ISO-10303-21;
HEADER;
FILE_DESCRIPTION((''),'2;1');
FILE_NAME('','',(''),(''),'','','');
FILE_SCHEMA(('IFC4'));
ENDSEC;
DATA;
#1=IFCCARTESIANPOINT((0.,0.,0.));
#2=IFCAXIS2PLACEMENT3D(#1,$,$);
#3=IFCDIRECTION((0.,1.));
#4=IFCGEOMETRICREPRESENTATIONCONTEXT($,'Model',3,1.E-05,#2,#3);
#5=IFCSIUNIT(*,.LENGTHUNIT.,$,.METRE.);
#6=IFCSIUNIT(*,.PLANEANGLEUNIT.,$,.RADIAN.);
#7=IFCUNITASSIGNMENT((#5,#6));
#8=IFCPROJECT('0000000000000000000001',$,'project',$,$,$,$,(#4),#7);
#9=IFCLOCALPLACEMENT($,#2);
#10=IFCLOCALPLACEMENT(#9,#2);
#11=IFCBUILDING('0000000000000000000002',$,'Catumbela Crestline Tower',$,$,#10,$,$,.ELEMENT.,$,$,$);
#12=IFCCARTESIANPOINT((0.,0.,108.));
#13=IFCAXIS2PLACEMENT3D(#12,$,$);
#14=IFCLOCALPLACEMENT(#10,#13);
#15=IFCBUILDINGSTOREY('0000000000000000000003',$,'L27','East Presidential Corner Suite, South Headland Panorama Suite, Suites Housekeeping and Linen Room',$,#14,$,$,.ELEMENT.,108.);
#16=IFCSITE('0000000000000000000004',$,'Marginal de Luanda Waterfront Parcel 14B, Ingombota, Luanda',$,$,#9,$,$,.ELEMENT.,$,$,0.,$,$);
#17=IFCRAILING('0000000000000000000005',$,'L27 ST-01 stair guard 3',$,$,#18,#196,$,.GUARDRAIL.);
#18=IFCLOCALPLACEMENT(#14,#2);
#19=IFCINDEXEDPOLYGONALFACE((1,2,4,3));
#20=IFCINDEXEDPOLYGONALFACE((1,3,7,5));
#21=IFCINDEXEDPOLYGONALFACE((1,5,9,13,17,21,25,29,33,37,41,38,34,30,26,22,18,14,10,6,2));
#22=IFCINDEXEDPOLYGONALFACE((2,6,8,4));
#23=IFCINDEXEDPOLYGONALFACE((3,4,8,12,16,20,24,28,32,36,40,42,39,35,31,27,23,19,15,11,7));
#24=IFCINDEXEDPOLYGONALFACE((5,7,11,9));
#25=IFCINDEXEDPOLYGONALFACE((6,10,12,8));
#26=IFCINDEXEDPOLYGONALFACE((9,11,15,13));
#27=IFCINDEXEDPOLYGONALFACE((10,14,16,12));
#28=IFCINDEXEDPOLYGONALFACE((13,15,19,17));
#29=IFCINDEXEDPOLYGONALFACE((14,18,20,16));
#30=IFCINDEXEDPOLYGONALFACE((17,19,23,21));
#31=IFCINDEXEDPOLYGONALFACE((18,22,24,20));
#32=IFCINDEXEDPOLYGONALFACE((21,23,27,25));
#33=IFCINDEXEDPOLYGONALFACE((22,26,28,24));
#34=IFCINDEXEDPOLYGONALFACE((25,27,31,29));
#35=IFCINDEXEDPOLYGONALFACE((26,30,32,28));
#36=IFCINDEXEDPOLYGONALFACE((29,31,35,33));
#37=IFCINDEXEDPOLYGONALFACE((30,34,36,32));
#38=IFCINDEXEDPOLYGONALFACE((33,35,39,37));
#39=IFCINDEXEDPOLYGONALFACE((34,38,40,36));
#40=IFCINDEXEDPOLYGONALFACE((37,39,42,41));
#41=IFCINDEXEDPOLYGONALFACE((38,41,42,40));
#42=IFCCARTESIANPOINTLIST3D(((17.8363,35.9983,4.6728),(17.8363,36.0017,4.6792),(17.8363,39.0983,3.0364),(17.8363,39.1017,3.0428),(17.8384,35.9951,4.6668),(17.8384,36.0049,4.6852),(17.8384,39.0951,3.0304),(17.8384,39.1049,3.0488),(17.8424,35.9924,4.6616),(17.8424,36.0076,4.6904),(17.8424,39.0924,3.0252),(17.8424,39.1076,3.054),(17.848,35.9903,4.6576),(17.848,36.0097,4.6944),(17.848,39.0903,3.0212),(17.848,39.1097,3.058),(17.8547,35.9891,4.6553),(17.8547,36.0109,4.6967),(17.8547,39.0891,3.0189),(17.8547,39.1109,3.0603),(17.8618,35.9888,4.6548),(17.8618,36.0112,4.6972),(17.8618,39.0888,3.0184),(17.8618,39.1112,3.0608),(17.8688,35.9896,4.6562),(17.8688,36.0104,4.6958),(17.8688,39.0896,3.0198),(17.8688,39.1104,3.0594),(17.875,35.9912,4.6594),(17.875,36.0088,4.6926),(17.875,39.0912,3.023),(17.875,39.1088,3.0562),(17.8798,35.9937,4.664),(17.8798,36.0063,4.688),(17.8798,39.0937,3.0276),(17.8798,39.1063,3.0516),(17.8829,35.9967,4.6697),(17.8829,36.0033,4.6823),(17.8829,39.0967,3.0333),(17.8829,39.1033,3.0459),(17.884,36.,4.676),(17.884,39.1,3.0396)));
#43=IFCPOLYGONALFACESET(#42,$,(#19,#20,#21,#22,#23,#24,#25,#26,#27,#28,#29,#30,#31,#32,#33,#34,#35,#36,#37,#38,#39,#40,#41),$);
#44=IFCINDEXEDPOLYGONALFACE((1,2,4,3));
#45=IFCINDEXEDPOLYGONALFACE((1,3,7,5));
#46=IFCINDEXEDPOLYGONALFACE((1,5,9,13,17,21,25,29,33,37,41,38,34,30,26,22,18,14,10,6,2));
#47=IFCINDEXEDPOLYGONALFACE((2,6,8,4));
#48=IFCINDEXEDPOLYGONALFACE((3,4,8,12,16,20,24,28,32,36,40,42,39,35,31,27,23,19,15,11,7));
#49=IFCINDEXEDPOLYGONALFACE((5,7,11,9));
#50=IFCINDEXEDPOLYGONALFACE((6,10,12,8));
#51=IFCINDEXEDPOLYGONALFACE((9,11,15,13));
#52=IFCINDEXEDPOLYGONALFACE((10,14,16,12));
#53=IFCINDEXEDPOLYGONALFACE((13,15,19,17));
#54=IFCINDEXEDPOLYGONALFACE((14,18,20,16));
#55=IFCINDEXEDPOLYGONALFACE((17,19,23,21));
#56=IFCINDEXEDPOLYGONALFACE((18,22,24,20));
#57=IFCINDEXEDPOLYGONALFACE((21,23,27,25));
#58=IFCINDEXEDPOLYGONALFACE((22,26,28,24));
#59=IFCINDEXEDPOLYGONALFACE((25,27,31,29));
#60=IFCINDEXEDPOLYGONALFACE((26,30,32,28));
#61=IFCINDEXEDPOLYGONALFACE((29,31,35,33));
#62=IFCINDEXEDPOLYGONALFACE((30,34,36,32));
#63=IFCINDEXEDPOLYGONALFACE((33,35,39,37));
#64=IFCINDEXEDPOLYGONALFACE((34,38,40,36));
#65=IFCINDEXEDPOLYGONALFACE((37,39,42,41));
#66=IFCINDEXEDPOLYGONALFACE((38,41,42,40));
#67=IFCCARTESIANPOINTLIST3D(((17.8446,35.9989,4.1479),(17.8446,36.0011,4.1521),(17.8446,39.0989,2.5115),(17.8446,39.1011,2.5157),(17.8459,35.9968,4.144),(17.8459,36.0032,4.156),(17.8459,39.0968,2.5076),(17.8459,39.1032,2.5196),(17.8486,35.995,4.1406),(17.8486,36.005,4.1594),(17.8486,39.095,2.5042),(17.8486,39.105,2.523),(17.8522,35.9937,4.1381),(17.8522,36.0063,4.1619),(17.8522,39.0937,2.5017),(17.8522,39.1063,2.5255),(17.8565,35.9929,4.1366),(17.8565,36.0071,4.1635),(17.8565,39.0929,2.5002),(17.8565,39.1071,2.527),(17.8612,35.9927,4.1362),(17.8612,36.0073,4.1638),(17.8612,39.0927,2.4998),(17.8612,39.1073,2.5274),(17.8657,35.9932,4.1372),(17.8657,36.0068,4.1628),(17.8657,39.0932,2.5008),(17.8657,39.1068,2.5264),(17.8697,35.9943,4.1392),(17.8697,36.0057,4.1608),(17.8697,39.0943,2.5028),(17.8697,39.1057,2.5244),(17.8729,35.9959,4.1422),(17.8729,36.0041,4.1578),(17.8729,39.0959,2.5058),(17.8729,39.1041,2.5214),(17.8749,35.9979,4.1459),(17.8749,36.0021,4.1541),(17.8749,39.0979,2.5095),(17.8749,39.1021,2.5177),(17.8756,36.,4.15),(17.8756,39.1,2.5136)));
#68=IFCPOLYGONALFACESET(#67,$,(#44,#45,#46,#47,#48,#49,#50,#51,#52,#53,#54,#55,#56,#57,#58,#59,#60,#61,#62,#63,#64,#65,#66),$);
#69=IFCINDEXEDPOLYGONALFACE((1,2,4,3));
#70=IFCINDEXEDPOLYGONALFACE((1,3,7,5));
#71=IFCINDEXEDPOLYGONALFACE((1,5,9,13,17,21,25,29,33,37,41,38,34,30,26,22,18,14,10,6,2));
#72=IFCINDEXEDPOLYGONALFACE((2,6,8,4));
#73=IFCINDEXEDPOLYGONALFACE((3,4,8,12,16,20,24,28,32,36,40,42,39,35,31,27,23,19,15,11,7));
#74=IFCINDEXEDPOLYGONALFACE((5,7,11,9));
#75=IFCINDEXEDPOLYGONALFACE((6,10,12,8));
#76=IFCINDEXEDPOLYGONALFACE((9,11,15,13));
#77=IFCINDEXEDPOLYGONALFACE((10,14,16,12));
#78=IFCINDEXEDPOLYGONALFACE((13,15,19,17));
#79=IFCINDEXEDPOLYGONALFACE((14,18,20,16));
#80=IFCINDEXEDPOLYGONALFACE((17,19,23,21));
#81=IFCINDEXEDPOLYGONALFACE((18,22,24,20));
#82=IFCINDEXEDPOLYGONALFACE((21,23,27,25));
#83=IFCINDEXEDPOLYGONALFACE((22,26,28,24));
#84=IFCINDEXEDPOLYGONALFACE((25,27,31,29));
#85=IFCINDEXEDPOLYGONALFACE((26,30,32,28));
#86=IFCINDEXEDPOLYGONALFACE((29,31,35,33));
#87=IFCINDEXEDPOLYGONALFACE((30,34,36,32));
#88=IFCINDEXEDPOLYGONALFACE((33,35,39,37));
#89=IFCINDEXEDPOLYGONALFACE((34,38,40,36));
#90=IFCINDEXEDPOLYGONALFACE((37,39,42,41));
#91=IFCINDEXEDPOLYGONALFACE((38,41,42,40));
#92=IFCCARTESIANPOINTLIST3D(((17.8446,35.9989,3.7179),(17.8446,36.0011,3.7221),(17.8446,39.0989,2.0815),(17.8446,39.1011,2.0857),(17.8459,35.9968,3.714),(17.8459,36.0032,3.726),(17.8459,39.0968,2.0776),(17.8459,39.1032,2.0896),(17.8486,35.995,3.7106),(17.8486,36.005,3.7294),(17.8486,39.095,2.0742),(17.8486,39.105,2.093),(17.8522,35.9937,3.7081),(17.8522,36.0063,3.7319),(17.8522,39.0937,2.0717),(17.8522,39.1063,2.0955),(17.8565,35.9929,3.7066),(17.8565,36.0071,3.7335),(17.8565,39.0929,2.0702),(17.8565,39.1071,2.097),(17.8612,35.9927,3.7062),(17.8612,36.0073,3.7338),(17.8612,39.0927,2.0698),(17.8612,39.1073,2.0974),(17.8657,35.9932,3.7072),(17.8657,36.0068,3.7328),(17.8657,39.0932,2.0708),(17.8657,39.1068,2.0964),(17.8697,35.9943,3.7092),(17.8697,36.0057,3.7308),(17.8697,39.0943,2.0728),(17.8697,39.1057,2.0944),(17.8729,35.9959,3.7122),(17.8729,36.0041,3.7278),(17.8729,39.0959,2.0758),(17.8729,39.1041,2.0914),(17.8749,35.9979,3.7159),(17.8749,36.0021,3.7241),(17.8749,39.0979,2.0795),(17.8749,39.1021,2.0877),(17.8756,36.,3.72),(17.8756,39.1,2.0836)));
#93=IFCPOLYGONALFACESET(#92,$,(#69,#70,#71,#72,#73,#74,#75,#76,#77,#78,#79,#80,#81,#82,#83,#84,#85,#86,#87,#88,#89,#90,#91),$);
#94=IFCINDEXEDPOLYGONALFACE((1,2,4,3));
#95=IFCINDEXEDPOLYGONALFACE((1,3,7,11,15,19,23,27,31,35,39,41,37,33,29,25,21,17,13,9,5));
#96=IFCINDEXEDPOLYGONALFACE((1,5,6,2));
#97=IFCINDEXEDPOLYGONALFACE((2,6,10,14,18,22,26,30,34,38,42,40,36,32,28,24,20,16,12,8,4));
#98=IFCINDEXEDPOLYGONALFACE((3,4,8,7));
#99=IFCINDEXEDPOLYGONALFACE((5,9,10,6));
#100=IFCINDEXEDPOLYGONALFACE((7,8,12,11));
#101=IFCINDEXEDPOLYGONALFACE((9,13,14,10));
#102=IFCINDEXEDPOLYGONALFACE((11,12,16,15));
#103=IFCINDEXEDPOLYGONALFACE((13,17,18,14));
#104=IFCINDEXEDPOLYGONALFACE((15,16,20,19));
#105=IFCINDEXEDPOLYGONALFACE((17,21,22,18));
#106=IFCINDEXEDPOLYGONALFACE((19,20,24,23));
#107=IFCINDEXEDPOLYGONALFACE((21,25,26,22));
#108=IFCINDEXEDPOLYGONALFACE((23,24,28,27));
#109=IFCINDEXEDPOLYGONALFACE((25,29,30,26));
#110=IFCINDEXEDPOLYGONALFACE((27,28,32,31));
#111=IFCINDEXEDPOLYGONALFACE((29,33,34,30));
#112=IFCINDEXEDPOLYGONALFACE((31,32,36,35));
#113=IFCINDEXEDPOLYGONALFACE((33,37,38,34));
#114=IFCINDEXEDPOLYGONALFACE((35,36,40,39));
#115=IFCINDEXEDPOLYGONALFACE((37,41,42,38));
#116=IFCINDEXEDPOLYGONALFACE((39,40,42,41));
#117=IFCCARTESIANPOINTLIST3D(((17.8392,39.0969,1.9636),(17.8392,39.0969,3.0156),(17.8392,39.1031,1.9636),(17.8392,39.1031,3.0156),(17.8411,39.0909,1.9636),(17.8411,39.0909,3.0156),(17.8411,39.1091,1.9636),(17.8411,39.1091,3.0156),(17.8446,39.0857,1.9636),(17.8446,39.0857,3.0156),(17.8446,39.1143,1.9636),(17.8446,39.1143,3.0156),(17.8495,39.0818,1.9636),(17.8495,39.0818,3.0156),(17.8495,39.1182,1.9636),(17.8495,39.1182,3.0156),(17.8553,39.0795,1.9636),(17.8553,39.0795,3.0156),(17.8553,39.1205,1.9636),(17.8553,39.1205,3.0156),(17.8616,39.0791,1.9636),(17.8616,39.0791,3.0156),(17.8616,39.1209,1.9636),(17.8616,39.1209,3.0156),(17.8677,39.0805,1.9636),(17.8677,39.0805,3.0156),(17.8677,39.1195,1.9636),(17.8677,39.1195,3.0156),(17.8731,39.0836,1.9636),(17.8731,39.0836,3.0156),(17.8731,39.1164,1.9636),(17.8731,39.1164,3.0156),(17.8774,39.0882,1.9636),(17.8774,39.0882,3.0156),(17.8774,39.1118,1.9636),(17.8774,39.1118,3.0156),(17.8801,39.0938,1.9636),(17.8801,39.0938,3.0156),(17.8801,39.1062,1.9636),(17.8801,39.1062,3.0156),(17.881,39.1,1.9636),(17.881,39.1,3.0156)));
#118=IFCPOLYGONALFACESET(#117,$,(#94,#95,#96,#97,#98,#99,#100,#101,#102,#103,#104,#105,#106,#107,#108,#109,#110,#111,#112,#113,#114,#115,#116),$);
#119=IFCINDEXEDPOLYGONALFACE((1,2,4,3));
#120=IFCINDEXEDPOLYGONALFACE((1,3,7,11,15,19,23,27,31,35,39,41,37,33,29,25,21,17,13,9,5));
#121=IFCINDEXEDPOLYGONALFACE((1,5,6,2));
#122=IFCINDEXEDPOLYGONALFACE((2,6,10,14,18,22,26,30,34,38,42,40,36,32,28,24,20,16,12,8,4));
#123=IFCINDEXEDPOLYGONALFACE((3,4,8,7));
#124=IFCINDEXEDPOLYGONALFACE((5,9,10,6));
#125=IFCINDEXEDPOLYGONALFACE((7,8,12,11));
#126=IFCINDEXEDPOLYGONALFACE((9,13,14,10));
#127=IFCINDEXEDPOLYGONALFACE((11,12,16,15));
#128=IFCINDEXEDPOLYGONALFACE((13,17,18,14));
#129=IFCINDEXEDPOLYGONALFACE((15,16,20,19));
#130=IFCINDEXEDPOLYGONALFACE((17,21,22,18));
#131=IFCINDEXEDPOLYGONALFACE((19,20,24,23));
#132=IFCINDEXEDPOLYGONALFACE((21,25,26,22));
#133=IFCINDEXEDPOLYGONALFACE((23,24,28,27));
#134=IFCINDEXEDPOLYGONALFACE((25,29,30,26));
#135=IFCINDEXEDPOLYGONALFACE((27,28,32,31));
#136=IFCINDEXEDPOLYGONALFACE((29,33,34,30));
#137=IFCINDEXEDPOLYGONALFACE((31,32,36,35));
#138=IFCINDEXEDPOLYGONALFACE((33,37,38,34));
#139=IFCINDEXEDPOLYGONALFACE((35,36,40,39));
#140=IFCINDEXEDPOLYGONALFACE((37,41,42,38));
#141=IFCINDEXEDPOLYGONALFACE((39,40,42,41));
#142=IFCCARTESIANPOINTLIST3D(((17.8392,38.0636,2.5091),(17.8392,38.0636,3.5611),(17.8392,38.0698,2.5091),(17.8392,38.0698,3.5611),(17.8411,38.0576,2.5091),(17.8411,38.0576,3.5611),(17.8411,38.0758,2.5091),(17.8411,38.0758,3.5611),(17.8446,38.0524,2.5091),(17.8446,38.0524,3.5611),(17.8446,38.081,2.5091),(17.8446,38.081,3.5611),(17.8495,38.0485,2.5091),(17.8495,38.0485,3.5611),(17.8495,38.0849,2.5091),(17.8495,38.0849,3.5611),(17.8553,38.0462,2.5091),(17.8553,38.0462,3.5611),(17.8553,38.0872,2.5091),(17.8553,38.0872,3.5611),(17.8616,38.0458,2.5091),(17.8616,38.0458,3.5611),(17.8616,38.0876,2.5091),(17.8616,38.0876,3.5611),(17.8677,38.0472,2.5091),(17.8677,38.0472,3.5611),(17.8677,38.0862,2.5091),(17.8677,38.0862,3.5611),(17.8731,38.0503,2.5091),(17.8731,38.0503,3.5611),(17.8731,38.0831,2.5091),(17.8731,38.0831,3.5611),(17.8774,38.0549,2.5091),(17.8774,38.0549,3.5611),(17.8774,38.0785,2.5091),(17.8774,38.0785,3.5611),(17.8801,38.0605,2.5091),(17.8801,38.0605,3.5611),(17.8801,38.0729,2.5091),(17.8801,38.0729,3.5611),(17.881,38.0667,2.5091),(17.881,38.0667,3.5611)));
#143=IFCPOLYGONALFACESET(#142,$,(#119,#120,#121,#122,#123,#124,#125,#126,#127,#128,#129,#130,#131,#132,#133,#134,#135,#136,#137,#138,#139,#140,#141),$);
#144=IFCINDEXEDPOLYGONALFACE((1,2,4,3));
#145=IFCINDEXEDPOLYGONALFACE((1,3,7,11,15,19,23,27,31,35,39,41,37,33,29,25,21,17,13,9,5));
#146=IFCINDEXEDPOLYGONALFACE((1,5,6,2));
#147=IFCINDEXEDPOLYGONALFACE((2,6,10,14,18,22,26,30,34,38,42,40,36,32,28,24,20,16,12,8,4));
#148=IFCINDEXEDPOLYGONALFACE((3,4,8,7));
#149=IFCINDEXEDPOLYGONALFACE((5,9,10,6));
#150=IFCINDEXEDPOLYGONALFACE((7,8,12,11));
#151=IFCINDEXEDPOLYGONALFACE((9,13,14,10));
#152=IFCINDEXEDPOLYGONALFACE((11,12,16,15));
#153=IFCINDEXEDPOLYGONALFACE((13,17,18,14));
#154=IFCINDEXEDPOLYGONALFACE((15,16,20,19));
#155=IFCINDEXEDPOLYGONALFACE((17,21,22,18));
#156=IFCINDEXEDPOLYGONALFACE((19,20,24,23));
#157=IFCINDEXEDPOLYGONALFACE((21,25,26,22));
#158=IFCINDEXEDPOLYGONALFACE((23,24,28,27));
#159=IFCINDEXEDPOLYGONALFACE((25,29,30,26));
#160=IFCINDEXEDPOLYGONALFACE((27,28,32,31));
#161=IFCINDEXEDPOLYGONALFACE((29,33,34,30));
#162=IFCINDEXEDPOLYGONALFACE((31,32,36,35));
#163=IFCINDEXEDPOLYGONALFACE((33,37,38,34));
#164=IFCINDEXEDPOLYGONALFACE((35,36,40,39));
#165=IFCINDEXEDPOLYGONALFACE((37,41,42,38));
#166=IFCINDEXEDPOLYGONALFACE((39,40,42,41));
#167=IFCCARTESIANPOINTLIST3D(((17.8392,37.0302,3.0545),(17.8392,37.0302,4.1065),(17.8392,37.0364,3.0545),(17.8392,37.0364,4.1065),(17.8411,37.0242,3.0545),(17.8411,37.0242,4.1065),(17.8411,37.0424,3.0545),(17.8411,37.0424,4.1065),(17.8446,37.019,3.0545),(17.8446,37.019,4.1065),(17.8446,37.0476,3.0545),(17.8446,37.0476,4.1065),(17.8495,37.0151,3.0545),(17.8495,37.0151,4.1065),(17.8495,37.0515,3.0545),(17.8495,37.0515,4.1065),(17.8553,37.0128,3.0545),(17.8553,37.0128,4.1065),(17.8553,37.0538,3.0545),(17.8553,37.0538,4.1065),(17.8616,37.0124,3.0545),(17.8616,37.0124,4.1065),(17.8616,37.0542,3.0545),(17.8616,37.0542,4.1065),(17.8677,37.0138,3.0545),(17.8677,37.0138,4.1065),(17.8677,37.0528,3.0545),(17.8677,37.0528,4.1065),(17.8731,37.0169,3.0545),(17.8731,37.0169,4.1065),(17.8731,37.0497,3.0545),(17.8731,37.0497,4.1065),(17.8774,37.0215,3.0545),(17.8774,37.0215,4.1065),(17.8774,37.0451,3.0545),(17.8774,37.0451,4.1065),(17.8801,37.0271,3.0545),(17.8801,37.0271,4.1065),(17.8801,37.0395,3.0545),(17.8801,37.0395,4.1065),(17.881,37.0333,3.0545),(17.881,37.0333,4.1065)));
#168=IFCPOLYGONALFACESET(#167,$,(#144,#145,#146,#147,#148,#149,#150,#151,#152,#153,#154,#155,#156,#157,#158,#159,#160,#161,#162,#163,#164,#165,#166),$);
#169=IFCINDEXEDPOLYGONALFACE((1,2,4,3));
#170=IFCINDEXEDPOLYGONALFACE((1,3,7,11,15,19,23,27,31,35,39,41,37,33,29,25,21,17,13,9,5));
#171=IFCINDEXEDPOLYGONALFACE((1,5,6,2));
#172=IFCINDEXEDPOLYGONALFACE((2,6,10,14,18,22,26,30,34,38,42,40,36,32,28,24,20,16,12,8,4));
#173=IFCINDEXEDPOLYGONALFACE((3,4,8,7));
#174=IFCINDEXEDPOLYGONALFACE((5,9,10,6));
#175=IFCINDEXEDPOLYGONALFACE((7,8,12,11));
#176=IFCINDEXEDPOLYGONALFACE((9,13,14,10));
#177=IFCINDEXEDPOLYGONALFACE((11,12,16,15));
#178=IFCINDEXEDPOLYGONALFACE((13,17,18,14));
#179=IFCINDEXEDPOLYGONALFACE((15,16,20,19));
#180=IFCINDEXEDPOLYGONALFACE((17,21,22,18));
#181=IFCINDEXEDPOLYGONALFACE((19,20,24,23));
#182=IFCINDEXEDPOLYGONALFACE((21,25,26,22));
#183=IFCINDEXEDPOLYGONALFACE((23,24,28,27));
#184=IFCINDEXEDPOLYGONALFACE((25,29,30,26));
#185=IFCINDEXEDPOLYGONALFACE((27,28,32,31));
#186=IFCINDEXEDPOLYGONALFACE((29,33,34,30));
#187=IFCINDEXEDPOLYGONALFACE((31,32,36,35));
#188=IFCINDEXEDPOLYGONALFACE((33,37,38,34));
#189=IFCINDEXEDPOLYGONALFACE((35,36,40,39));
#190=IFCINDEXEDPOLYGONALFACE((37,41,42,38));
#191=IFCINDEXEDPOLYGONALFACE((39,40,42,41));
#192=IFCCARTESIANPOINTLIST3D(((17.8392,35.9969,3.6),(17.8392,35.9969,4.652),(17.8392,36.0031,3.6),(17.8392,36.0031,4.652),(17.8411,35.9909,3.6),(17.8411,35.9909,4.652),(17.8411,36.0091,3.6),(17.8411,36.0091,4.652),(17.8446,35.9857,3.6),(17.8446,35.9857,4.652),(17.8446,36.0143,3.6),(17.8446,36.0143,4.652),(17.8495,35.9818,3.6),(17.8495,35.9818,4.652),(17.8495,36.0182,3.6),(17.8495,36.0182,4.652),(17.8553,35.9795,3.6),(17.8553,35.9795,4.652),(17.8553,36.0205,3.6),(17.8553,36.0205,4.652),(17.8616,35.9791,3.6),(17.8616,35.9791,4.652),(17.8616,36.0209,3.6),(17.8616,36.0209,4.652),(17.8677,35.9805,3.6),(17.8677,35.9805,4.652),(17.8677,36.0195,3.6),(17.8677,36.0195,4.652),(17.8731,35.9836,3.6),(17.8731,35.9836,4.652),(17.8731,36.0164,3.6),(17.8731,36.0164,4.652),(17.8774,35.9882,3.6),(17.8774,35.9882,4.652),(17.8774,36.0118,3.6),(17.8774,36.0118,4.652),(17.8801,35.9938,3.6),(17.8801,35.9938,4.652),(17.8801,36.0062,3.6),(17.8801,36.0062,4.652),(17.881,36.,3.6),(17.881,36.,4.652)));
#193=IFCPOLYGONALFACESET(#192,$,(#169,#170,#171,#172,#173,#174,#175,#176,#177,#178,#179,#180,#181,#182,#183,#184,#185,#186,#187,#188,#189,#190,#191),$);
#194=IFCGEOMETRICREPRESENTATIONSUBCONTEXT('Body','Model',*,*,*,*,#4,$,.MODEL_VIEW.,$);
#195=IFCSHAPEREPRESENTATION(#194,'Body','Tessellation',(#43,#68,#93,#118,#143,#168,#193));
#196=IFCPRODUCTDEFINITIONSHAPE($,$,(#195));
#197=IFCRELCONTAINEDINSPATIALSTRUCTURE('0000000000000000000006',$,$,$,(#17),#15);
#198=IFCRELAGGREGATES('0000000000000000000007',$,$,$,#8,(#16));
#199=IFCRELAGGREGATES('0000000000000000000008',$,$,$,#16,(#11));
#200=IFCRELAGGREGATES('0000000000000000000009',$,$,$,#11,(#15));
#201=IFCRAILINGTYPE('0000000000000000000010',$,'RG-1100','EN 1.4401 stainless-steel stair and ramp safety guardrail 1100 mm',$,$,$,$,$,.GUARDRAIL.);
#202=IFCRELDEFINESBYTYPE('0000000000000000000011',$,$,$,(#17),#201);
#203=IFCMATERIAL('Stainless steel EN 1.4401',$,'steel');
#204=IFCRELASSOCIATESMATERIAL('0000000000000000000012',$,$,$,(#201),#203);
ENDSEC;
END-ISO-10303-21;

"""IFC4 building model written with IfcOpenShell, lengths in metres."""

from ifc_helpers import new_model, si_unit, direction, frame, origin, origin_2d, place, context, subcontext, project, spatial, circle, extrude, material, type_object, element, save


model = new_model("IFC4")

# Units and contexts
model_context = context("Model", 3, precision=1e-05, world=origin(), true_north=direction((0.0, 1.0)))
body_context = subcontext(model_context, "Body", "Model", "MODEL_VIEW")
ifc_project = project(units=[si_unit("LENGTHUNIT", "METRE"), si_unit("PLANEANGLEUNIT", "RADIAN")], contexts=[model_context])

# Site, building, storey
site_placement = place(None, origin())
site = spatial("IfcSite", under=ifc_project, at=site_placement, Name="Marginal de Luanda Waterfront Parcel 14B, Ingombota, Luanda", CompositionType="ELEMENT", RefElevation=0.0)
building_placement = place(site_placement, origin())
building = spatial("IfcBuilding", under=site, at=building_placement, Name="Catumbela Crestline Tower", CompositionType="ELEMENT")
storey_placement = place(building_placement, frame((0.0, 0.0, 108.0)))
storey = spatial("IfcBuildingStorey", under=building, at=storey_placement, Name="L27", Description="East Presidential Corner Suite, South Headland Panorama Suite, Suites Housekeeping and Linen Room", CompositionType="ELEMENT", Elevation=108.0)

# Railing
ifc_material_1 = material(Name="Stainless steel EN 1.4401", Category="steel")
railing_type_1 = type_object("IfcRailingType", Name="RG-1100", Description="EN 1.4401 stainless-steel stair and ramp safety guardrail 1100 mm", PredefinedType="GUARDRAIL", material=ifc_material_1)
railing_1_placement = place(storey_placement, frame((17.86, 39.1, 1.9636)))
element("IfcRailing", 1, at=railing_1_placement, inside=storey, type_object=railing_type_1, Name="L27 ST-01 stair guard 3", PredefinedType="GUARDRAIL", context=body_context, shape_type="SweptSolid", body=[
    extrude(circle(Radius=0.024, at=origin_2d()), frame((0.0, 0.0, 1.076), z_axis=(0.0, -0.884351, 0.466823), x_axis=(1.0, 0.0, 0.0)), (0.0, 0.0, 1.0), 3.5054),
    extrude(circle(Radius=0.0156, at=origin_2d()), frame((0.0, 0.0, 0.55), z_axis=(0.0, -0.884351, 0.466823), x_axis=(1.0, 0.0, 0.0)), (0.0, 0.0, 1.0), 3.5054),
    extrude(circle(Radius=0.0156, at=origin_2d()), frame((0.0, 0.0, 0.12), z_axis=(0.0, -0.884351, 0.466823), x_axis=(1.0, 0.0, 0.0)), (0.0, 0.0, 1.0), 3.5054),
    extrude(circle(Radius=0.021, at=origin_2d()), origin(), (0.0, 0.0, 1.0), 1.052),
    extrude(circle(Radius=0.021, at=origin_2d()), frame((0.0, -1.0333, 0.5455)), (0.0, 0.0, 1.0), 1.052),
    extrude(circle(Radius=0.021, at=origin_2d()), frame((0.0, -2.0667, 1.0909)), (0.0, 0.0, 1.0), 1.052),
    extrude(circle(Radius=0.021, at=origin_2d()), frame((0.0, -3.1, 1.6364)), (0.0, 0.0, 1.0), 1.052),
])

save(model, "model.ifc")
